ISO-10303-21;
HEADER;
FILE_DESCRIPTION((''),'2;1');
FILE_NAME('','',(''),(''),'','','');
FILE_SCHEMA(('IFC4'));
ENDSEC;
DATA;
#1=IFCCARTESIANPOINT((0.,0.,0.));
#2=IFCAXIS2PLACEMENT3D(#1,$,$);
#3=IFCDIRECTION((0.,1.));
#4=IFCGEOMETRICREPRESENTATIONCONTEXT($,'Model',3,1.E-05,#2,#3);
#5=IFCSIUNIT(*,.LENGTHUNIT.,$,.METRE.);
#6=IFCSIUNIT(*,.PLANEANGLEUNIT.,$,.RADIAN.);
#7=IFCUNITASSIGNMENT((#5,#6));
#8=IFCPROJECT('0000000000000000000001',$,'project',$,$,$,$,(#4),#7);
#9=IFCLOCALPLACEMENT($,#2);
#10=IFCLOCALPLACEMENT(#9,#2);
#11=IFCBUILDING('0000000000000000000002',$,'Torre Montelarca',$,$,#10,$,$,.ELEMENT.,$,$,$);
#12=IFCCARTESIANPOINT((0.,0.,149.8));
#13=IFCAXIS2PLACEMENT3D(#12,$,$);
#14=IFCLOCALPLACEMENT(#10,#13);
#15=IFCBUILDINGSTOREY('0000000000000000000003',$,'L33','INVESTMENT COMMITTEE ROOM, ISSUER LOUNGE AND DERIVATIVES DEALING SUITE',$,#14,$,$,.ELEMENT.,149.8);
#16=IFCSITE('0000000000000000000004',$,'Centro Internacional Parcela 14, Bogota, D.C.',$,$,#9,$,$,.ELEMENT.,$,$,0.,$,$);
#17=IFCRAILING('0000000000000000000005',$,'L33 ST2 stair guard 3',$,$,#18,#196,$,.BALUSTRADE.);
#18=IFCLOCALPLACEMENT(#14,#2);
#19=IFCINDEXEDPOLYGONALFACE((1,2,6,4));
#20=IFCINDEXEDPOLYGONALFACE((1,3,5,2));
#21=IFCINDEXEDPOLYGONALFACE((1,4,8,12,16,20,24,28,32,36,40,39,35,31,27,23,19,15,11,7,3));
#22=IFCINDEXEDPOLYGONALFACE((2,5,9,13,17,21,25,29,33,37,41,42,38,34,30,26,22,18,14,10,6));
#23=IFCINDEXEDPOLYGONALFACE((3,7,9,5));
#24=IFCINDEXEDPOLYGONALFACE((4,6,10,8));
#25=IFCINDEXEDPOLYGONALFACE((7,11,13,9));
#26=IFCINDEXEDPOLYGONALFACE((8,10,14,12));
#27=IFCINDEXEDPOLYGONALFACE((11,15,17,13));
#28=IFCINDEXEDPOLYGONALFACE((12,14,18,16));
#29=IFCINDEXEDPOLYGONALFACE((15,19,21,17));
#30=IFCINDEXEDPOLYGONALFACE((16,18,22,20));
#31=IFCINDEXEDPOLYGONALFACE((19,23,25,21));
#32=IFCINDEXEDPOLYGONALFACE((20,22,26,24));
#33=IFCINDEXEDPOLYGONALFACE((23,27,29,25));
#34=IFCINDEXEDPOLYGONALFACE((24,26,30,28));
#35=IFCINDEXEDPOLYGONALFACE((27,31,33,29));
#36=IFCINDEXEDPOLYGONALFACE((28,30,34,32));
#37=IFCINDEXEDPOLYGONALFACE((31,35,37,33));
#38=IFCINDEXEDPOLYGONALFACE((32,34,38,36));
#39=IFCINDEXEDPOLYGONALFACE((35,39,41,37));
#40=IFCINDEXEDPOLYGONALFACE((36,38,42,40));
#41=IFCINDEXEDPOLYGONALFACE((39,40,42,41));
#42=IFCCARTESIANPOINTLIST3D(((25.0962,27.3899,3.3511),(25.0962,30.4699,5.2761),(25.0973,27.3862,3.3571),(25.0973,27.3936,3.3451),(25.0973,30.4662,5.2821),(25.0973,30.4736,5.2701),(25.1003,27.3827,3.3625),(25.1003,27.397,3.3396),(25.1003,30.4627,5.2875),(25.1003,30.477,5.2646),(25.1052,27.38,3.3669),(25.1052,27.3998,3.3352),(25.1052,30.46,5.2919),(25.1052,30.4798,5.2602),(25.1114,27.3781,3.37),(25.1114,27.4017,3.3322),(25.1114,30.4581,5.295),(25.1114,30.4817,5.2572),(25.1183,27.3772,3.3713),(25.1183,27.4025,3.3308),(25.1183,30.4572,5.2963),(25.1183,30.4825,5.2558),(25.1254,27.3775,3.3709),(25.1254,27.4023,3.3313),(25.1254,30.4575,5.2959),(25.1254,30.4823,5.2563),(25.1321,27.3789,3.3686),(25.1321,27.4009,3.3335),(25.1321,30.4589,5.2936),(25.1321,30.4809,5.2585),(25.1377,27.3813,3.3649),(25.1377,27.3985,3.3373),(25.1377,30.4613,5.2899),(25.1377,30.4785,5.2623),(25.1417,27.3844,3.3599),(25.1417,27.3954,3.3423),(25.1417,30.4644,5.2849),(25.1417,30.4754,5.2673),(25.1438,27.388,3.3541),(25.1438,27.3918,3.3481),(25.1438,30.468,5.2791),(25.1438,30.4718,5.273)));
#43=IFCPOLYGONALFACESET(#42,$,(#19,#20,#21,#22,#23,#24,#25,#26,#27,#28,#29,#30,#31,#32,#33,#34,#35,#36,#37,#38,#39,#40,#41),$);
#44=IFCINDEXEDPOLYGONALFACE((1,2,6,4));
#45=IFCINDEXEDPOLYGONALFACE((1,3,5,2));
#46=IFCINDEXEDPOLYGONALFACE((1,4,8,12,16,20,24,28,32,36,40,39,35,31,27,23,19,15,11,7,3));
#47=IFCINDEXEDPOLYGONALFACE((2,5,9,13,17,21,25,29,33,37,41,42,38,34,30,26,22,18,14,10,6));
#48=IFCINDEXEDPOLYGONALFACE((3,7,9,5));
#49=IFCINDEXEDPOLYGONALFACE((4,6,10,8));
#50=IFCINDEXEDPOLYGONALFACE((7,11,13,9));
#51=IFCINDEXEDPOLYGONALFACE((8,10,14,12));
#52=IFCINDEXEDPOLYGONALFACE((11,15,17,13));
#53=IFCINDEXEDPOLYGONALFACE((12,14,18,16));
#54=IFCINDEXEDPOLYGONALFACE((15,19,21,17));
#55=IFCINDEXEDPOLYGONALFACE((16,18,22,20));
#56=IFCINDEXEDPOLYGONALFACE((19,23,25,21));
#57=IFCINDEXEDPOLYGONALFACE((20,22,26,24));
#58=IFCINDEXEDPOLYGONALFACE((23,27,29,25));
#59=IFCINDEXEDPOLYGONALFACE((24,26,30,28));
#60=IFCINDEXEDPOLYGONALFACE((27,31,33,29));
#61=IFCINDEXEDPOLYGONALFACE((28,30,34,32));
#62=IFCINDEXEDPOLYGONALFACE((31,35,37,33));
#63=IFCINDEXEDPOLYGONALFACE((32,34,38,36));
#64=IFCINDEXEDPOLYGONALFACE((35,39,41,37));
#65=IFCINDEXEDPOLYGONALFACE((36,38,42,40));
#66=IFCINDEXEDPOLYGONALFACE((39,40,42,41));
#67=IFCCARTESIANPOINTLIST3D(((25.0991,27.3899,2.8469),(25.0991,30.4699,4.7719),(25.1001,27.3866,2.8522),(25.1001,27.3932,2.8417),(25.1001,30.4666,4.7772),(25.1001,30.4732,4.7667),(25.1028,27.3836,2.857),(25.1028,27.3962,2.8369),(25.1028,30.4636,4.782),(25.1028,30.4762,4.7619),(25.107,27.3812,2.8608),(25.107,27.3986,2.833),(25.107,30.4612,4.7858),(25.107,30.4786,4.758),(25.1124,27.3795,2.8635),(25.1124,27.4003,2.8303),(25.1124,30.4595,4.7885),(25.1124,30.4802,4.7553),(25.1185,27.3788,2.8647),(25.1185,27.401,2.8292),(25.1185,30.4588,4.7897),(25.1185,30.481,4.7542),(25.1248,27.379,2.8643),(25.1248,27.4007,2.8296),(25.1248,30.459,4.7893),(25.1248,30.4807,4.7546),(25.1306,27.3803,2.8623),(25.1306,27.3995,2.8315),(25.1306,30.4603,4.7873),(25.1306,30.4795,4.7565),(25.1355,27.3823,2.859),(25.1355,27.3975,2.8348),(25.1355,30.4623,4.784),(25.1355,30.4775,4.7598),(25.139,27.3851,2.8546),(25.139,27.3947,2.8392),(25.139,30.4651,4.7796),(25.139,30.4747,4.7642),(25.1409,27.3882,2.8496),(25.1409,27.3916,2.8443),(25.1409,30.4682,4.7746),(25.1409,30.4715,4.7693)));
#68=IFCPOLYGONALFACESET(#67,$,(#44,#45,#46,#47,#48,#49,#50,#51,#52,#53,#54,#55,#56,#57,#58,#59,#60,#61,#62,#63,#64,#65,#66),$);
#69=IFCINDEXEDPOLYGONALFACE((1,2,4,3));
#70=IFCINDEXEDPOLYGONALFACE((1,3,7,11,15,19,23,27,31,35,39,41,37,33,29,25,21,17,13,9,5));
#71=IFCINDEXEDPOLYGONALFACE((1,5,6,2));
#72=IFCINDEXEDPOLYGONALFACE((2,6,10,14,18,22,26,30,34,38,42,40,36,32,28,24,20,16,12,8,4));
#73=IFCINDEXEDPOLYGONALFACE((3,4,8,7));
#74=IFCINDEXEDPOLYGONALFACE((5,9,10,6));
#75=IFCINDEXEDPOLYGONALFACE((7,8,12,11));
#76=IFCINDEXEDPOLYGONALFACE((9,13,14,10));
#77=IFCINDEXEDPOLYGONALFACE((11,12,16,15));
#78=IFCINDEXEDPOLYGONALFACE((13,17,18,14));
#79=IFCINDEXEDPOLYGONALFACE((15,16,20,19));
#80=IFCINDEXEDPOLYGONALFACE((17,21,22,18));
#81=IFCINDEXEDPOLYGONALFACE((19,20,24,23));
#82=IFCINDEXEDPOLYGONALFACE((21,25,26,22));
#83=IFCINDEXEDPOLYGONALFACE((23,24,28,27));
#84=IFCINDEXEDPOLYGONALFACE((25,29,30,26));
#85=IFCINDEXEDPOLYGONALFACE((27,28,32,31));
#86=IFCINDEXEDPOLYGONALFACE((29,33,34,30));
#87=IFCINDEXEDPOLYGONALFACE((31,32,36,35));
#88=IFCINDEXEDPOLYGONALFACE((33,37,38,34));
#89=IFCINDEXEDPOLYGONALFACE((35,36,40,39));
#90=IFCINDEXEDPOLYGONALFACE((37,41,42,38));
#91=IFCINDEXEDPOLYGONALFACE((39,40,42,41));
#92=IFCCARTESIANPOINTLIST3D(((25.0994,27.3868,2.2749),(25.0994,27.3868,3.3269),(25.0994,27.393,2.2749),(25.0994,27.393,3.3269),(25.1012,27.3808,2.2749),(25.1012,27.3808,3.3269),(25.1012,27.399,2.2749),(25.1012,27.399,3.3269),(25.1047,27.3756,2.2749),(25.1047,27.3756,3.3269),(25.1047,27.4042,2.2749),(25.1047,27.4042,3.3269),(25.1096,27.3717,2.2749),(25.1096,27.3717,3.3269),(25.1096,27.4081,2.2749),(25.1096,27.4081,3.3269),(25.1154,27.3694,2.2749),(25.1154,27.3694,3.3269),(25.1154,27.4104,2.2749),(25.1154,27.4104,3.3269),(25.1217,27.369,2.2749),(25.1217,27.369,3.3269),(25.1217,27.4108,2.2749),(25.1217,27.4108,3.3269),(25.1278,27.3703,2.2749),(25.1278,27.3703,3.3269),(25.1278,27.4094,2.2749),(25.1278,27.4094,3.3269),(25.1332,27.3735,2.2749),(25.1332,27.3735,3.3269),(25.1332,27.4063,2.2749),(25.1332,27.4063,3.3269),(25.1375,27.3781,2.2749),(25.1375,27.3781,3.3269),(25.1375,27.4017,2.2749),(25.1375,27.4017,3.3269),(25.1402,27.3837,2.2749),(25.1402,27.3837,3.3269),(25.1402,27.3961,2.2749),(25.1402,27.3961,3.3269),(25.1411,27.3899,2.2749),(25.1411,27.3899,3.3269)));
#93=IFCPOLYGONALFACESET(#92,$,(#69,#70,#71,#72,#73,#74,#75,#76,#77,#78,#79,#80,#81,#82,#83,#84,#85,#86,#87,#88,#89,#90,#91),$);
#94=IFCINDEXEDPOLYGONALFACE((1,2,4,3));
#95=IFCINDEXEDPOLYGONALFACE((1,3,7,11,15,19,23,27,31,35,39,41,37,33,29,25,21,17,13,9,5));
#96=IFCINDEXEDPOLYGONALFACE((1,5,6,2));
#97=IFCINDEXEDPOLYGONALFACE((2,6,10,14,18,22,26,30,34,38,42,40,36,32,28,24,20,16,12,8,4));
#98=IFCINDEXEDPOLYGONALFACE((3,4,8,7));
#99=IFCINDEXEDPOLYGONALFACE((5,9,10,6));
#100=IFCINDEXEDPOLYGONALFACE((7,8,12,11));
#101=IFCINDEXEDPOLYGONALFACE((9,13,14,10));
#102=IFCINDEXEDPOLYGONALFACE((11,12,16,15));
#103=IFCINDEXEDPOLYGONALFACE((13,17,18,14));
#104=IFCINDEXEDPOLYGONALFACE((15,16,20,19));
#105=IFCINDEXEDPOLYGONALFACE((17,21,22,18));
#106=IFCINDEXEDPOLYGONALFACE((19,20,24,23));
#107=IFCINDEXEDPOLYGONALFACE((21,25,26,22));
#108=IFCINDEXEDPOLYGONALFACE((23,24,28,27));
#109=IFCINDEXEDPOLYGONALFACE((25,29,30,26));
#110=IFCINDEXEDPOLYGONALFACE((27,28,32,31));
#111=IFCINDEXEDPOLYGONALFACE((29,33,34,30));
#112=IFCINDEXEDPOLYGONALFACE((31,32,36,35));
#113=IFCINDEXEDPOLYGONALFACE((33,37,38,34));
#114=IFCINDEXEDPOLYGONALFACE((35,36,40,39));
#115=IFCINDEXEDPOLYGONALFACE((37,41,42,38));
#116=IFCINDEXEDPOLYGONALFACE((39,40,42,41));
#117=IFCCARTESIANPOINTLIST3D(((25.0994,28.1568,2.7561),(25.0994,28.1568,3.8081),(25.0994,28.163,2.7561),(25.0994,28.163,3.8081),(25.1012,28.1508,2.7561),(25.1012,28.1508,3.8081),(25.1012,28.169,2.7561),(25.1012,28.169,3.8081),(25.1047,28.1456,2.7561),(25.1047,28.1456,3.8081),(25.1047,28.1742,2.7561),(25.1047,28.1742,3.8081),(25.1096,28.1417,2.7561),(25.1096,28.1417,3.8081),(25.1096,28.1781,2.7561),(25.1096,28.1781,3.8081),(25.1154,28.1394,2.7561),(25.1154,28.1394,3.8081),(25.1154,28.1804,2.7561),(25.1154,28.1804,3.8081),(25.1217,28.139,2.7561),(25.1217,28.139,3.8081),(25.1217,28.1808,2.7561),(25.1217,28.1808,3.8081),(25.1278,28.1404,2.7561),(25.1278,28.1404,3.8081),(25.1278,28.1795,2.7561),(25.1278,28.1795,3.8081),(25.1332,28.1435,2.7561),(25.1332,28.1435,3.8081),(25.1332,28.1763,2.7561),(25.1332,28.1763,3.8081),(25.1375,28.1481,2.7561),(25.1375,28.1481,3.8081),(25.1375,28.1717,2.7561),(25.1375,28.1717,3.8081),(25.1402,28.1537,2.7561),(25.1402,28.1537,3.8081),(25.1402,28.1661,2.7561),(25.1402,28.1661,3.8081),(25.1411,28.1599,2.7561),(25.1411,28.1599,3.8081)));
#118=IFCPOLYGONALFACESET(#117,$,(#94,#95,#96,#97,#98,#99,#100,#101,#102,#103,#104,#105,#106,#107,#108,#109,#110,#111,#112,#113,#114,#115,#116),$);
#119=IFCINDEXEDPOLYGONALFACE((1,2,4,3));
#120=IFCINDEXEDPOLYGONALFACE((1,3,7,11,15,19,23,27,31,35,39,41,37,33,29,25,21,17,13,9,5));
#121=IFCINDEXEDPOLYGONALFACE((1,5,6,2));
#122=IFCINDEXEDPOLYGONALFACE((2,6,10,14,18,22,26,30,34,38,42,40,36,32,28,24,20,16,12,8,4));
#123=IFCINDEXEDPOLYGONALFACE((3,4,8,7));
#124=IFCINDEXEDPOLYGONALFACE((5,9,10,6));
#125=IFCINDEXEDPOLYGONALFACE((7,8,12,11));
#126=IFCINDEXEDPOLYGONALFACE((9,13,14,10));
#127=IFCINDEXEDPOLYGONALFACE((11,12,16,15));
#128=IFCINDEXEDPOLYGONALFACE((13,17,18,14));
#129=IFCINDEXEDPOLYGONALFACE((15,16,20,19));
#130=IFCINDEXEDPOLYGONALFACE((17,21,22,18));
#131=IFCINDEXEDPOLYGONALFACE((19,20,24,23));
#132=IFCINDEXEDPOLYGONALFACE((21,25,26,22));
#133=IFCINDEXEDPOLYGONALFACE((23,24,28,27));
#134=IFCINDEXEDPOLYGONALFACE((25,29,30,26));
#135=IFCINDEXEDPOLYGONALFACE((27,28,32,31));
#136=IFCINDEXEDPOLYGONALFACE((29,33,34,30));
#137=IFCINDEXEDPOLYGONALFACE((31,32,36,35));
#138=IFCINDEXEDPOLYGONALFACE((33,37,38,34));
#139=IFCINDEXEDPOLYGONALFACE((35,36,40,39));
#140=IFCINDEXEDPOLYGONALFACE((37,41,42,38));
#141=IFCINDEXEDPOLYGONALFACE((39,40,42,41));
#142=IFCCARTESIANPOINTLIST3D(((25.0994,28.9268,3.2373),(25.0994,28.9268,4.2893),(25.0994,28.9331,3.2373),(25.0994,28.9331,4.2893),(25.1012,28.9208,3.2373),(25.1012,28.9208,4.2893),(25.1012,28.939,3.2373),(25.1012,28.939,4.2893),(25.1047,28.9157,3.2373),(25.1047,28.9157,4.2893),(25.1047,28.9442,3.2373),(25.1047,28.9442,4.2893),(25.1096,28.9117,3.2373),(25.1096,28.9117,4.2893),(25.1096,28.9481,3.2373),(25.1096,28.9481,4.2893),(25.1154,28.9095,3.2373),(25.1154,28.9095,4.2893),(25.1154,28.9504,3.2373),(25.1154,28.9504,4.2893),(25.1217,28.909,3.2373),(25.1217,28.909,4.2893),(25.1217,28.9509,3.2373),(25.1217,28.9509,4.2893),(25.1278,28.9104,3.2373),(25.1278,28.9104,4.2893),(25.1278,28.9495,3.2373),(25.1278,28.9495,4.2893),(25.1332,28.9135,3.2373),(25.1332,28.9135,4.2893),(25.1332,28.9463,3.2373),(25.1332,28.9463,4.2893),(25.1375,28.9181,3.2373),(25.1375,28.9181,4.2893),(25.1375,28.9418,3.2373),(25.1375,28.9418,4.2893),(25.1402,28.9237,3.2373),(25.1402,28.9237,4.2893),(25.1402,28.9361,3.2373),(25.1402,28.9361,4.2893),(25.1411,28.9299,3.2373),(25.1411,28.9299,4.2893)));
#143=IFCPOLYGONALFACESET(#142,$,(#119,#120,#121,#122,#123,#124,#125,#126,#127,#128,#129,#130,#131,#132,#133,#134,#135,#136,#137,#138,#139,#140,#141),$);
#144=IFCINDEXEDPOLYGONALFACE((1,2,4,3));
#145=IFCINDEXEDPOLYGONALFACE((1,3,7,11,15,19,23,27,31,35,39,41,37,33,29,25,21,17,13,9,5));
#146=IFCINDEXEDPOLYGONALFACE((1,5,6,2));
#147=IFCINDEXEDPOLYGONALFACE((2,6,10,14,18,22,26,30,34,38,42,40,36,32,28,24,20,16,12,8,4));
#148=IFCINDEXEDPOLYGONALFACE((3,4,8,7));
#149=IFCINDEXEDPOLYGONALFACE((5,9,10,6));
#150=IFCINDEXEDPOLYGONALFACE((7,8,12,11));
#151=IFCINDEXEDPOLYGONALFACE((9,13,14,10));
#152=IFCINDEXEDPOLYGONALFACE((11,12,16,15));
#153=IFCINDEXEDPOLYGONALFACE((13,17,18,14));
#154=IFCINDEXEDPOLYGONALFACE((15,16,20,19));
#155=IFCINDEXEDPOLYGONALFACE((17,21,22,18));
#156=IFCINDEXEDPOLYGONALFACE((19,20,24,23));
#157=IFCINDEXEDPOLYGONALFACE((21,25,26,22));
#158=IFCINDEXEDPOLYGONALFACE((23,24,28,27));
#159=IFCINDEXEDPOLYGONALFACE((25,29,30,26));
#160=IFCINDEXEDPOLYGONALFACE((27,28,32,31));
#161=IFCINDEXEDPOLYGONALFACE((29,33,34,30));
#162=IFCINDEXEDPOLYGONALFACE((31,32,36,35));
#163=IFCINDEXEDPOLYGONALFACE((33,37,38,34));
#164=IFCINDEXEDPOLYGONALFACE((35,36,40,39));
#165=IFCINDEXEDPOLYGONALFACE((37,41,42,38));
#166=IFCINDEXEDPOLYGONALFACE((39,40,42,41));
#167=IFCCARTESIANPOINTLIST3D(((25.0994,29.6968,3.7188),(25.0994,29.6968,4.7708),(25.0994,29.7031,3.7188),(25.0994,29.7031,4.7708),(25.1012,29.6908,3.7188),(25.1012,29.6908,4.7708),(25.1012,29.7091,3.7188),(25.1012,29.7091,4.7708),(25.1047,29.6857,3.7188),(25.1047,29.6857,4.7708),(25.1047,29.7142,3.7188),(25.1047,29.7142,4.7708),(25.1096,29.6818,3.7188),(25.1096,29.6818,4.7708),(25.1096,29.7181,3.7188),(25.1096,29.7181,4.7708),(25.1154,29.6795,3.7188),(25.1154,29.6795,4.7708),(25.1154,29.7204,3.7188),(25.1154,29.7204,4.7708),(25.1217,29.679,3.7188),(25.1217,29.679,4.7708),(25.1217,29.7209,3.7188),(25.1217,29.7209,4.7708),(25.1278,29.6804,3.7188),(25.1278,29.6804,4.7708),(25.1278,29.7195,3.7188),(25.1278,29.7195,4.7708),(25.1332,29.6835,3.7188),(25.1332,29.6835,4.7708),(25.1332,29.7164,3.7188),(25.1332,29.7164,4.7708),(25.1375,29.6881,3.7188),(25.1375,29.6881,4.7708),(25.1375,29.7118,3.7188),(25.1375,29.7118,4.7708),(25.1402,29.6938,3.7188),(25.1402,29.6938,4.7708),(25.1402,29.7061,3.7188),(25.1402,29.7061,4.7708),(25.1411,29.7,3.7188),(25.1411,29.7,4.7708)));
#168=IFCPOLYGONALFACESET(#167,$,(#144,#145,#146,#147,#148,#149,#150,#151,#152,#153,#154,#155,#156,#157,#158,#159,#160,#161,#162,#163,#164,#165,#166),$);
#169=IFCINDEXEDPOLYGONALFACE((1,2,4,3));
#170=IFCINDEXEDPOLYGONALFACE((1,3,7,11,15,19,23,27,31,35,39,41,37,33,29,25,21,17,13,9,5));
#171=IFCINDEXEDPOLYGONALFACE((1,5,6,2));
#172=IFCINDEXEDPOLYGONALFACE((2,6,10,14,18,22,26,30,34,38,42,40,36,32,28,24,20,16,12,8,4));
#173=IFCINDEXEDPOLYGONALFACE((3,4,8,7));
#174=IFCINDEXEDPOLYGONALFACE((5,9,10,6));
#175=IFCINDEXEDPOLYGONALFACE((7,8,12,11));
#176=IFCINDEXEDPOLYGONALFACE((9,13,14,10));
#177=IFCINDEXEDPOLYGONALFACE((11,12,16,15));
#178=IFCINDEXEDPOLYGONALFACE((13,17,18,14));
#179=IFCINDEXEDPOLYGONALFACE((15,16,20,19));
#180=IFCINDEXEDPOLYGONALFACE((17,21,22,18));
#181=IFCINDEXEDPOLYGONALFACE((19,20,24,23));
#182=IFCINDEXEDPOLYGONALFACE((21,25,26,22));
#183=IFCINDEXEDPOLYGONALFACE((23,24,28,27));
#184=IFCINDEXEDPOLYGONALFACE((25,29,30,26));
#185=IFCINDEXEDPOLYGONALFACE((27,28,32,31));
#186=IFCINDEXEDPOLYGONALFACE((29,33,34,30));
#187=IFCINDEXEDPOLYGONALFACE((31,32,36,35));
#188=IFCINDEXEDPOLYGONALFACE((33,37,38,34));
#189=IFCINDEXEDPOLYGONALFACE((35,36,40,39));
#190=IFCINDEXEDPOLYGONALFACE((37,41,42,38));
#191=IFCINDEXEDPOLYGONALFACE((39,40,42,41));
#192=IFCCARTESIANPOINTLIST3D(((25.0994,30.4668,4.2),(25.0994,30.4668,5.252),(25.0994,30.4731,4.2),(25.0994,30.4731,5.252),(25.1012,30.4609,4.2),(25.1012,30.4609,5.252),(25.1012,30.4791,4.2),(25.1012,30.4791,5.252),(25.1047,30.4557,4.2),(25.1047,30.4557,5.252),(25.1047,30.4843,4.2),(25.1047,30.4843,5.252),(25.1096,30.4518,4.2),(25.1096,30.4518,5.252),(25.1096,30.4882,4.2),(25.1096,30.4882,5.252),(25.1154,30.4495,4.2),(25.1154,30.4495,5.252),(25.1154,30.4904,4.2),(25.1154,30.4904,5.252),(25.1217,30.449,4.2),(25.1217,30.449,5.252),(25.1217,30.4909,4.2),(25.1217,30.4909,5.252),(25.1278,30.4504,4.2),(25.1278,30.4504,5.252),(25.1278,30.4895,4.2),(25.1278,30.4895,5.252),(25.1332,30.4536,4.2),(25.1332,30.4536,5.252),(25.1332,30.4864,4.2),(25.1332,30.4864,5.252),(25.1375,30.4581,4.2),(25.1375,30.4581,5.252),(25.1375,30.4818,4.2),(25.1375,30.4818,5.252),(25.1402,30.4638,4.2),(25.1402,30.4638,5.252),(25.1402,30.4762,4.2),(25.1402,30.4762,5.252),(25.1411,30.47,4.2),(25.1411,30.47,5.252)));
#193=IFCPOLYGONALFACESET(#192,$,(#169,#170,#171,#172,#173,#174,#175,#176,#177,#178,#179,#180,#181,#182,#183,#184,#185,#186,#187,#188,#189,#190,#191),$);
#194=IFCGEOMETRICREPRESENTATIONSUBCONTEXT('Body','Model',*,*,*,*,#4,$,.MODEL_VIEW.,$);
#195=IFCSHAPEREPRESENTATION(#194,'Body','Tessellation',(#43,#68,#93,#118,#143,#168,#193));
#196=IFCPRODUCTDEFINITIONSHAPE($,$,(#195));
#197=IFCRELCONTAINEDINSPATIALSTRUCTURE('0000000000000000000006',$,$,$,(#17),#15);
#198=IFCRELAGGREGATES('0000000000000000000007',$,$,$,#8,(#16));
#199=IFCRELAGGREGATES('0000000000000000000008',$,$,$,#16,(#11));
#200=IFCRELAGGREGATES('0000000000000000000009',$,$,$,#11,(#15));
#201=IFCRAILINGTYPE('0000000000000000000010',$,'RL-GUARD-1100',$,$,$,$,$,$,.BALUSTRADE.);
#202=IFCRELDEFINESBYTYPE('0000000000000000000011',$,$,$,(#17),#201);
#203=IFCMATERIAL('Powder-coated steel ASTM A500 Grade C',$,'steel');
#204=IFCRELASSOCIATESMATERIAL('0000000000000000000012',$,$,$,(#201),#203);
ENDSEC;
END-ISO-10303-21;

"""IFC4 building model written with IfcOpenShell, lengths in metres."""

from ifc_helpers import new_model, si_unit, direction, frame, origin, origin_2d, place, context, subcontext, project, spatial, circle, extrude, material, type_object, element, save


model = new_model("IFC4")

# Units and contexts
model_context = context("Model", 3, precision=1e-05, world=origin(), true_north=direction((0.0, 1.0)))
body_context = subcontext(model_context, "Body", "Model", "MODEL_VIEW")
ifc_project = project(units=[si_unit("LENGTHUNIT", "METRE"), si_unit("PLANEANGLEUNIT", "RADIAN")], contexts=[model_context])

# Site, building, storey
site_placement = place(None, origin())
site = spatial("IfcSite", under=ifc_project, at=site_placement, Name="Centro Internacional Parcela 14, Bogota, D.C.", CompositionType="ELEMENT", RefElevation=0.0)
building_placement = place(site_placement, origin())
building = spatial("IfcBuilding", under=site, at=building_placement, Name="Torre Montelarca", CompositionType="ELEMENT")
storey_placement = place(building_placement, frame((0.0, 0.0, 149.8)))
storey = spatial("IfcBuildingStorey", under=building, at=storey_placement, Name="L33", Description="INVESTMENT COMMITTEE ROOM, ISSUER LOUNGE AND DERIVATIVES DEALING SUITE", CompositionType="ELEMENT", Elevation=149.8)

# Railing
ifc_material_1 = material(Name="Powder-coated steel ASTM A500 Grade C", Category="steel")
railing_type_1 = type_object("IfcRailingType", Name="RL-GUARD-1100", PredefinedType="BALUSTRADE", material=ifc_material_1)
railing_1_placement = place(storey_placement, frame((25.1201, 27.3899, 2.2749)))
element("IfcRailing", 1, at=railing_1_placement, inside=storey, type_object=railing_type_1, Name="L33 ST2 stair guard 3", PredefinedType="BALUSTRADE", context=body_context, shape_type="SweptSolid", body=[
    extrude(circle(Radius=0.0239, at=origin_2d()), frame((0.0, 0.0, 1.0762), z_axis=(0.0, 0.847998, 0.529999), x_axis=(-1.0, 0.0, 0.0)), (0.0, 0.0, 1.0), 3.6321),
    extrude(circle(Radius=0.021, at=origin_2d()), frame((0.0, 0.0, 0.572), z_axis=(0.0, 0.847998, 0.529999), x_axis=(-1.0, 0.0, 0.0)), (0.0, 0.0, 1.0), 3.6321),
    extrude(circle(Radius=0.021, at=origin_2d()), origin(), (0.0, 0.0, 1.0), 1.052),
    extrude(circle(Radius=0.021, at=origin_2d()), frame((0.0, 0.77, 0.4812)), (0.0, 0.0, 1.0), 1.052),
    extrude(circle(Radius=0.021, at=origin_2d()), frame((0.0, 1.54, 0.9624)), (0.0, 0.0, 1.0), 1.052),
    extrude(circle(Radius=0.021, at=origin_2d()), frame((0.0, 2.3101, 1.4438)), (0.0, 0.0, 1.0), 1.052),
    extrude(circle(Radius=0.021, at=origin_2d()), frame((0.0, 3.0801, 1.925)), (0.0, 0.0, 1.0), 1.052),
])

save(model, "model.ifc")
